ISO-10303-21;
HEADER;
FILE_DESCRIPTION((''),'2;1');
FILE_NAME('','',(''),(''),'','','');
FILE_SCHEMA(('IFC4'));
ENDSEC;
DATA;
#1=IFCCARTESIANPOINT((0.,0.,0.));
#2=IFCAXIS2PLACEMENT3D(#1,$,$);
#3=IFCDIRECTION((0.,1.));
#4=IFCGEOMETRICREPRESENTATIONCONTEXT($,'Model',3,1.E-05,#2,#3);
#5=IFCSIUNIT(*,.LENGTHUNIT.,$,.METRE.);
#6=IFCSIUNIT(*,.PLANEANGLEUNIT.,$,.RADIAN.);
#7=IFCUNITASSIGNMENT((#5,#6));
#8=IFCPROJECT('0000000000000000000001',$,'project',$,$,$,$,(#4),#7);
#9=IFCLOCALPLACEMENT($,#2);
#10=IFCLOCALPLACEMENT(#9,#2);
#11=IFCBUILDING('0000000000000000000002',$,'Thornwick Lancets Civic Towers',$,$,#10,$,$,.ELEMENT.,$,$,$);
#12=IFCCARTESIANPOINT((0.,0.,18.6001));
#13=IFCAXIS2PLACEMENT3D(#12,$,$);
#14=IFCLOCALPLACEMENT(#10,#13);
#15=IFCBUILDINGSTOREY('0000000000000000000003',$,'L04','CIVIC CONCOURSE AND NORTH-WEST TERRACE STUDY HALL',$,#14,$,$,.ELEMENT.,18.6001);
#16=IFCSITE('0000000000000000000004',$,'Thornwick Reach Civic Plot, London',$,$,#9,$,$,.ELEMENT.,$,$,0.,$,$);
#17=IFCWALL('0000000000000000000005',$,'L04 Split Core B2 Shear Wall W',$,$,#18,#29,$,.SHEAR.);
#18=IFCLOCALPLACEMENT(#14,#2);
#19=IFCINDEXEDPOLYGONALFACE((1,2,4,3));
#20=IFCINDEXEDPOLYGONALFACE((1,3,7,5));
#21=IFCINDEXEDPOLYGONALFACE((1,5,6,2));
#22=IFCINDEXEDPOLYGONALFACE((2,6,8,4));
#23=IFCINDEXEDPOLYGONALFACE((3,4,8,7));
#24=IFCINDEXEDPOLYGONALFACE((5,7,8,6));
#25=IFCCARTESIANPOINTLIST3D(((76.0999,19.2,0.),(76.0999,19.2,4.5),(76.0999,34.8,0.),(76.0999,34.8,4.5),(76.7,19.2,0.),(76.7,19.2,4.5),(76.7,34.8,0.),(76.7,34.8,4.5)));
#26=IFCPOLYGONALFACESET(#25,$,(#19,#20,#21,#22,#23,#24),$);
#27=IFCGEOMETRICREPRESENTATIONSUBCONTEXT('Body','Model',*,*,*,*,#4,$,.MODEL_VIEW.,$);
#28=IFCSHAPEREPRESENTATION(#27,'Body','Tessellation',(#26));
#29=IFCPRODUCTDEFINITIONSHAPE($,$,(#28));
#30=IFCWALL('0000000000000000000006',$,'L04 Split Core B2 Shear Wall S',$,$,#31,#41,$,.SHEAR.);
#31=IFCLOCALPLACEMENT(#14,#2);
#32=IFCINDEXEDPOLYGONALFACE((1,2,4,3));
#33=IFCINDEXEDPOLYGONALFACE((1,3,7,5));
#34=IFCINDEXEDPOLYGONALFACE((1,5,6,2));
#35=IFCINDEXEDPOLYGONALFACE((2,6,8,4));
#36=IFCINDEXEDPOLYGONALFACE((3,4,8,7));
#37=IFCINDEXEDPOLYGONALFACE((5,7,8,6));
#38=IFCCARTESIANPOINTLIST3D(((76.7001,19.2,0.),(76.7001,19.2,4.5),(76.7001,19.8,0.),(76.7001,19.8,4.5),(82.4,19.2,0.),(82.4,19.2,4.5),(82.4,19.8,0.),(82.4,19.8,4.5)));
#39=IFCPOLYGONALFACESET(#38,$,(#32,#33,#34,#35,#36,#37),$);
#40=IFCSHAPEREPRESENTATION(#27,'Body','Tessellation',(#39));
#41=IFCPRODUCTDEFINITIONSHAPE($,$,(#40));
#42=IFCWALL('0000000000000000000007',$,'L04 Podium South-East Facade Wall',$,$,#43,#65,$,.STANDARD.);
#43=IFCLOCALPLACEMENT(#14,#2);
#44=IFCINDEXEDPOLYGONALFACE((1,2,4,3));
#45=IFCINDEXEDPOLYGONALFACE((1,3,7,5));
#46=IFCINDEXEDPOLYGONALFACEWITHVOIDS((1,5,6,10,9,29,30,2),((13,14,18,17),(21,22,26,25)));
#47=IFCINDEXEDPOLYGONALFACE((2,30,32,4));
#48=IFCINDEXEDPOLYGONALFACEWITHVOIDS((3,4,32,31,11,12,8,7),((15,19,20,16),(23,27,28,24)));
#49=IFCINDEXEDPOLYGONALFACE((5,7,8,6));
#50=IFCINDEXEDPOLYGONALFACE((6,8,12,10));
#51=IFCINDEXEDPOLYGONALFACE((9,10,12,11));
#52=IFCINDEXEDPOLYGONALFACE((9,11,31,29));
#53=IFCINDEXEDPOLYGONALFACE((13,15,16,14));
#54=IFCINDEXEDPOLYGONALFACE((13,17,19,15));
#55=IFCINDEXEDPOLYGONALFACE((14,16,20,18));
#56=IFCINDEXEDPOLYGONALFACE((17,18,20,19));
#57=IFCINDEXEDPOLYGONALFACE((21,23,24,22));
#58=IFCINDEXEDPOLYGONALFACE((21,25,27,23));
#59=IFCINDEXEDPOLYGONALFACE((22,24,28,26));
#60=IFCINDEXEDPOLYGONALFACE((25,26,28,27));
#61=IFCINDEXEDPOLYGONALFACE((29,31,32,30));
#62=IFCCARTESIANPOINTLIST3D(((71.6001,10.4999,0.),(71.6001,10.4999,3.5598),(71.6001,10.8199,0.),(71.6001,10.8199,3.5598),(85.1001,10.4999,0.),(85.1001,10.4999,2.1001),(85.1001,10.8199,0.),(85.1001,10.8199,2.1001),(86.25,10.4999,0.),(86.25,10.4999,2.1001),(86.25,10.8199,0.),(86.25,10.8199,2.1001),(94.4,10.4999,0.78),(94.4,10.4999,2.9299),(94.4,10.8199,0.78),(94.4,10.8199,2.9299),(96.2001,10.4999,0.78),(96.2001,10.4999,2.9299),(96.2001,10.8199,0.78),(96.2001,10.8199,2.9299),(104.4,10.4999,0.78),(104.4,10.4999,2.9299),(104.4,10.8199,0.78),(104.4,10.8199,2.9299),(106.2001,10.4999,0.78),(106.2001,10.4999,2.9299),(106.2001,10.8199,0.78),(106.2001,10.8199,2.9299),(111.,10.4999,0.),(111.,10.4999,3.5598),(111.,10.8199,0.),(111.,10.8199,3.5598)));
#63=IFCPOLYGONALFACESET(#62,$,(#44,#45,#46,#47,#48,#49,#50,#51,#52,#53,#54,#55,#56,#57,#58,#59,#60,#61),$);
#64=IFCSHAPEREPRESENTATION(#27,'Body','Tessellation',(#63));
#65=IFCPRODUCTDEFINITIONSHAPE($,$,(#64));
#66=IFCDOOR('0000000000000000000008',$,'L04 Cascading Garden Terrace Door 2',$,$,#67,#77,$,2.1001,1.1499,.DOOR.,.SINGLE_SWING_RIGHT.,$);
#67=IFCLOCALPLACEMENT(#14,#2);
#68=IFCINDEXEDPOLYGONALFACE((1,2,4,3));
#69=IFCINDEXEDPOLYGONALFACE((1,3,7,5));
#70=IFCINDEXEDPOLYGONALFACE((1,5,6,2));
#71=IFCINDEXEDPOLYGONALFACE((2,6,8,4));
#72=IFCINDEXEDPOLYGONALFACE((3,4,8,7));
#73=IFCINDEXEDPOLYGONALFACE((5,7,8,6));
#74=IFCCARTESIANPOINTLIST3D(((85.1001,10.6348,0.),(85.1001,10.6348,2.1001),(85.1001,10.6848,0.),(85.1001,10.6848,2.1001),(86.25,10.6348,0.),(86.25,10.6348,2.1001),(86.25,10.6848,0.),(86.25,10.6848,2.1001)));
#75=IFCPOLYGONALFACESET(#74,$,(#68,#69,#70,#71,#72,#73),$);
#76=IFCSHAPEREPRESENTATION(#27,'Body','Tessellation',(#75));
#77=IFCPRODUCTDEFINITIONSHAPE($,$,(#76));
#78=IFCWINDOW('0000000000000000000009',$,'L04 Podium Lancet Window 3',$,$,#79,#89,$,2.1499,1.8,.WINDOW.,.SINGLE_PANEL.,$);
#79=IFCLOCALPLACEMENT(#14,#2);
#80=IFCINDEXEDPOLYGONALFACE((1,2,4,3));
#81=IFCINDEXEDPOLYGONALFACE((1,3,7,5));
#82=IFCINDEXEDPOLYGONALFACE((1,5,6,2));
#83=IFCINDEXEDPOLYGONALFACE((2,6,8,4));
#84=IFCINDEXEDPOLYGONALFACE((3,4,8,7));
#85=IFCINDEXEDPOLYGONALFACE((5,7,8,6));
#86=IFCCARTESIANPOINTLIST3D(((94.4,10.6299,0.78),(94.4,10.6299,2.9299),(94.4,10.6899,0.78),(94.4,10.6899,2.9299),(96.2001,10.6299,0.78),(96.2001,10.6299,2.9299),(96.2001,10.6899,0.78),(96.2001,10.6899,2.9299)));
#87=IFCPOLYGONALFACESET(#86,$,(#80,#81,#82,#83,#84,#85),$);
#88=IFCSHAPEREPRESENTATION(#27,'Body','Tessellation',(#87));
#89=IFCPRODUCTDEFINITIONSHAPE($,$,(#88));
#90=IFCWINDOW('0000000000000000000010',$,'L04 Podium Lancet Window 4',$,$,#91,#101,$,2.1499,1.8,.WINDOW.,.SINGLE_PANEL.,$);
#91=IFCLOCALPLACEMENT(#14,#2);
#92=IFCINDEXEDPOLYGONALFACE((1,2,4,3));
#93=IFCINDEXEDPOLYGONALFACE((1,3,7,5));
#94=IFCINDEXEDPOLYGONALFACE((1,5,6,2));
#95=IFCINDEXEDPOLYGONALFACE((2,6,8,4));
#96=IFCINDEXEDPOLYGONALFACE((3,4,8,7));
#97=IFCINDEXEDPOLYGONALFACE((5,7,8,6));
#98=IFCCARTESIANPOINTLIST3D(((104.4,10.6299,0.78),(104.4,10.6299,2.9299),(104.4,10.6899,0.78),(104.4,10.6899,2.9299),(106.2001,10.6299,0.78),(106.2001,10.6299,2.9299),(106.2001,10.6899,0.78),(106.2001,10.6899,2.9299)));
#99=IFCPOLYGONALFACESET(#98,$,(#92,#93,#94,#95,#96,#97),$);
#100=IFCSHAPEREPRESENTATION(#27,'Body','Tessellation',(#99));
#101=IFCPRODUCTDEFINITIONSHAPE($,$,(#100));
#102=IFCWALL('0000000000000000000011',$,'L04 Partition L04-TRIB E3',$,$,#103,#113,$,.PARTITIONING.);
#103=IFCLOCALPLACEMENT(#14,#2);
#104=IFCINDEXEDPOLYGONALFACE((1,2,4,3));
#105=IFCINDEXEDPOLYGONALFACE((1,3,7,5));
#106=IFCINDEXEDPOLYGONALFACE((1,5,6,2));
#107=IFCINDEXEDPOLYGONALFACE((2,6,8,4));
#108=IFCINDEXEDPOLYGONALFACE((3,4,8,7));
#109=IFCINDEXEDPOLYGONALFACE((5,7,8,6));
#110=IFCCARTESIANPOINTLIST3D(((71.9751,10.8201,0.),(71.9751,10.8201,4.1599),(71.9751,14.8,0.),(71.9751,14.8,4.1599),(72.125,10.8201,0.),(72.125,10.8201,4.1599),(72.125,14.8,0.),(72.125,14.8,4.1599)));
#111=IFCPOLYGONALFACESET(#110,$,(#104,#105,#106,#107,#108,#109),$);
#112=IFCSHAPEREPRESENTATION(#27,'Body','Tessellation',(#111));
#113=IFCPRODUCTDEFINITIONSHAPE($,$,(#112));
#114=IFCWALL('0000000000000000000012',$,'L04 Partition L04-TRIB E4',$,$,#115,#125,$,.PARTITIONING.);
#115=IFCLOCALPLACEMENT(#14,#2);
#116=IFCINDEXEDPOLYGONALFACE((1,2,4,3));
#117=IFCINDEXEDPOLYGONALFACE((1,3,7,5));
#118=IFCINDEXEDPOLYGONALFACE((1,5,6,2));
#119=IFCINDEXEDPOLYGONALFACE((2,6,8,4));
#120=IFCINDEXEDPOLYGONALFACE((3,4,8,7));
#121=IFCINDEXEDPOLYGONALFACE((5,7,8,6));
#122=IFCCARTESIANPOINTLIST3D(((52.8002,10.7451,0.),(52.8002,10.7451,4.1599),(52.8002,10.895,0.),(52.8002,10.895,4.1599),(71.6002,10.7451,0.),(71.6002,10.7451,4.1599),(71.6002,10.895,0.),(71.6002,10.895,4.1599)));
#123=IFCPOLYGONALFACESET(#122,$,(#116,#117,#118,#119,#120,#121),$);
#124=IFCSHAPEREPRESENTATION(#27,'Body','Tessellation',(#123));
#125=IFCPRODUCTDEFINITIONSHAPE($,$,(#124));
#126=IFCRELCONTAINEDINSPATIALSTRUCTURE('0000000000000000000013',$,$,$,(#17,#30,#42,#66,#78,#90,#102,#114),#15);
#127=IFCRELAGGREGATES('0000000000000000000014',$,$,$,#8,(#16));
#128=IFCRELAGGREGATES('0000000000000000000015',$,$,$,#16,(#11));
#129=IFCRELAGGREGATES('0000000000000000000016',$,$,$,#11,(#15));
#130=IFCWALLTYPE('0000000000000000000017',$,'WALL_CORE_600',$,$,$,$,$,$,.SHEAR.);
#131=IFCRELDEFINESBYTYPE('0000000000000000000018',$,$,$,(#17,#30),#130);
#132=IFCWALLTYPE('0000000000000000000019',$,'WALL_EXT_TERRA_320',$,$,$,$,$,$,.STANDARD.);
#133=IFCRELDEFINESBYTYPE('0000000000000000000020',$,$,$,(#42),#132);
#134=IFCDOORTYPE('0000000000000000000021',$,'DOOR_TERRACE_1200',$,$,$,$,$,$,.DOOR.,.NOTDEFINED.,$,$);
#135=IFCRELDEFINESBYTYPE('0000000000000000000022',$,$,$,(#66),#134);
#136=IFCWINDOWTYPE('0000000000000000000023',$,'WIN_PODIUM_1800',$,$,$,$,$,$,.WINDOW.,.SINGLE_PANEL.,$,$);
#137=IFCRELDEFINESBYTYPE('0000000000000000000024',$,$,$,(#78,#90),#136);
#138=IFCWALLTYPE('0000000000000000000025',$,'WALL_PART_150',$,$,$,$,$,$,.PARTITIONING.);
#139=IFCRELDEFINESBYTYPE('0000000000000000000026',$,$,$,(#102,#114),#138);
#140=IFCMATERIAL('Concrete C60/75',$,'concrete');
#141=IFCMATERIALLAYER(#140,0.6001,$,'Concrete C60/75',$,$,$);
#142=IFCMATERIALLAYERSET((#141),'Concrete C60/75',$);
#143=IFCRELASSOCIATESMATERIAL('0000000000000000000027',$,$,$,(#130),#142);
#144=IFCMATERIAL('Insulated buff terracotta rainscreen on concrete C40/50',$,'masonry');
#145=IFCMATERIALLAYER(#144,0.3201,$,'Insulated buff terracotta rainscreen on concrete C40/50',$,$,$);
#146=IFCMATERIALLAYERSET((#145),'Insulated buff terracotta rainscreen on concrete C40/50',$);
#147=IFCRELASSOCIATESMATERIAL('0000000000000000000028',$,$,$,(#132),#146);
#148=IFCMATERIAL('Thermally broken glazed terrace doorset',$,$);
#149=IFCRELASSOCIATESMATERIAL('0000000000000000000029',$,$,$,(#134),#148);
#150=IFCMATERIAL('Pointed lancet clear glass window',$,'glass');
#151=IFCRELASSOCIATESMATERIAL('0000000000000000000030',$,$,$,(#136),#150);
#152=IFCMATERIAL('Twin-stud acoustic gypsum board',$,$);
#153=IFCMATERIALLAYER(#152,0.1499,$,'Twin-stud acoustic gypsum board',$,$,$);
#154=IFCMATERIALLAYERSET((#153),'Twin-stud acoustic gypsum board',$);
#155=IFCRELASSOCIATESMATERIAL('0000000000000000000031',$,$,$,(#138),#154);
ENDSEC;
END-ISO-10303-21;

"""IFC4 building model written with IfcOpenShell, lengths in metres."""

from ifc_helpers import new_model, si_unit, direction, frame, frame_2d, origin, place, context, subcontext, project, spatial, rectangle, extrude, material, layer, layer_set, type_object, element, fill, save


model = new_model("IFC4")

# Units and contexts
model_context = context("Model", 3, precision=1e-05, world=origin(), true_north=direction((0.0, 1.0)))
body_context = subcontext(model_context, "Body", "Model", "MODEL_VIEW")
ifc_project = project(units=[si_unit("LENGTHUNIT", "METRE"), si_unit("PLANEANGLEUNIT", "RADIAN")], contexts=[model_context])

# Site, building, storey
site_placement = place(None, origin())
site = spatial("IfcSite", under=ifc_project, at=site_placement, Name="Thornwick Reach Civic Plot, London", CompositionType="ELEMENT", RefElevation=0.0)
building_placement = place(site_placement, origin())
building = spatial("IfcBuilding", under=site, at=building_placement, Name="Thornwick Lancets Civic Towers", CompositionType="ELEMENT")
storey_placement = place(building_placement, frame((0.0, 0.0, 18.6001)))
storey = spatial("IfcBuildingStorey", under=building, at=storey_placement, Name="L04", Description="CIVIC CONCOURSE AND NORTH-WEST TERRACE STUDY HALL", CompositionType="ELEMENT", Elevation=18.6001)

# Shared definitions
ifc_material_1 = material(Name="Concrete C60/75", Category="concrete")

# Walls
ifc_layer_1 = layer(ifc_material_1, 0.6001, Name="Concrete C60/75")
ifc_layer_set_1 = layer_set([ifc_layer_1], Name="Concrete C60/75")
wall_type_1 = type_object("IfcWallType", Name="WALL_CORE_600", PredefinedType="SHEAR", material=ifc_layer_set_1)
wall_1_placement = place(storey_placement, frame((76.3999, 19.2, 0.0), z_axis=(0.0, 0.0, 1.0), x_axis=(0.0, 1.0, 0.0)))
element("IfcWall", 1, at=wall_1_placement, inside=storey, type_object=wall_type_1, Name="L04 Split Core B2 Shear Wall W", PredefinedType="SHEAR", context=body_context, shape_type="SweptSolid", body=[
    extrude(rectangle(XDim=15.6001, YDim=0.6001, at=frame_2d((7.8, 0.0))), origin(), (0.0, 0.0, 1.0), 4.5),
])
wall_2_placement = place(storey_placement, frame((76.7, 19.5, 0.0), z_axis=(0.0, 0.0, 1.0), x_axis=(1.0, 0.0, 0.0)))
element("IfcWall", 2, at=wall_2_placement, inside=storey, type_object=wall_type_1, Name="L04 Split Core B2 Shear Wall S", PredefinedType="SHEAR", context=body_context, shape_type="SweptSolid", body=[
    extrude(rectangle(XDim=5.7, YDim=0.6001, at=frame_2d((2.8501, 0.0))), origin(), (0.0, 0.0, 1.0), 4.5),
])

# Wall, openings, door, windows
ifc_material_2 = material(Name="Insulated buff terracotta rainscreen on concrete C40/50", Category="masonry")
ifc_layer_2 = layer(ifc_material_2, 0.3201, Name="Insulated buff terracotta rainscreen on concrete C40/50")
ifc_layer_set_2 = layer_set([ifc_layer_2], Name="Insulated buff terracotta rainscreen on concrete C40/50")
wall_type_2 = type_object("IfcWallType", Name="WALL_EXT_TERRA_320", PredefinedType="STANDARD", material=ifc_layer_set_2)
wall_3_placement = place(storey_placement, frame((71.6001, 10.6599, 0.0), z_axis=(0.0, 0.0, 1.0), x_axis=(1.0, 0.0, 0.0)))
wall_3 = element("IfcWall", 3, at=wall_3_placement, inside=storey, type_object=wall_type_2, Name="L04 Podium South-East Facade Wall", PredefinedType="STANDARD", context=body_context, shape_type="SweptSolid", body=[
    extrude(rectangle(XDim=39.3999, YDim=0.3201, at=frame_2d((19.7, 0.0))), origin(), (0.0, 0.0, 1.0), 3.5598),
])
opening_1_placement = place(wall_3_placement, frame((13.5, 0.0, 0.0)))
opening_1 = element("IfcOpeningElement", 4, at=opening_1_placement, cuts=wall_3, PredefinedType="OPENING", context=body_context, shape_type="SweptSolid", body=[
    extrude(rectangle(XDim=1.1499, YDim=2.1001, at=frame_2d((0.575, 1.05))), frame((0.0, 0.1699, 0.0), z_axis=(0.0, -1.0, 0.0), x_axis=(1.0, 0.0, 0.0)), (0.0, 0.0, 1.0), 0.3401),
])
opening_2_placement = place(wall_3_placement, frame((22.8, 0.0, 0.78)))
opening_2 = element("IfcOpeningElement", 5, at=opening_2_placement, cuts=wall_3, PredefinedType="OPENING", context=body_context, shape_type="SweptSolid", body=[
    extrude(rectangle(XDim=1.8, YDim=2.1499, at=frame_2d((0.8999, 1.075))), frame((0.0, 0.1699, 0.0), z_axis=(0.0, -1.0, 0.0), x_axis=(1.0, 0.0, 0.0)), (0.0, 0.0, 1.0), 0.3401),
])
opening_3_placement = place(wall_3_placement, frame((32.8, 0.0, 0.78)))
opening_3 = element("IfcOpeningElement", 6, at=opening_3_placement, cuts=wall_3, PredefinedType="OPENING", context=body_context, shape_type="SweptSolid", body=[
    extrude(rectangle(XDim=1.8, YDim=2.1499, at=frame_2d((0.8999, 1.075))), frame((0.0, 0.1699, 0.0), z_axis=(0.0, -1.0, 0.0), x_axis=(1.0, 0.0, 0.0)), (0.0, 0.0, 1.0), 0.3401),
])
ifc_material_3 = material(Name="Thermally broken glazed terrace doorset")
door_type = type_object("IfcDoorType", Name="DOOR_TERRACE_1200", OperationType="NOTDEFINED", PredefinedType="DOOR", material=ifc_material_3)
door_placement = place(opening_1_placement, origin())
door = element("IfcDoor", 7, at=door_placement, inside=storey, type_object=door_type, Name="L04 Cascading Garden Terrace Door 2", OperationType="SINGLE_SWING_RIGHT", OverallHeight=2.1001, OverallWidth=1.1499, PredefinedType="DOOR", context=body_context, shape_type="SweptSolid", body=[
    extrude(rectangle(XDim=1.1499, YDim=2.1001, at=frame_2d((0.575, 1.05))), frame((0.0, 0.0249, 0.0), z_axis=(0.0, -1.0, 0.0), x_axis=(1.0, 0.0, 0.0)), (0.0, 0.0, 1.0), 0.05),
])
fill(opening_1, door)
ifc_material_4 = material(Name="Pointed lancet clear glass window", Category="glass")
window_type = type_object("IfcWindowType", Name="WIN_PODIUM_1800", PartitioningType="SINGLE_PANEL", PredefinedType="WINDOW", material=ifc_material_4)
window_1_placement = place(opening_2_placement, origin())
window_1 = element("IfcWindow", 8, at=window_1_placement, inside=storey, type_object=window_type, Name="L04 Podium Lancet Window 3", OverallHeight=2.1499, OverallWidth=1.8, PartitioningType="SINGLE_PANEL", PredefinedType="WINDOW", context=body_context, shape_type="SweptSolid", body=[
    extrude(rectangle(XDim=1.8, YDim=2.1499, at=frame_2d((0.8999, 1.075))), frame((0.0, 0.03, 0.0), z_axis=(0.0, -1.0, 0.0), x_axis=(1.0, 0.0, 0.0)), (0.0, 0.0, 1.0), 0.0601),
])
fill(opening_2, window_1)
window_2_placement = place(opening_3_placement, origin())
window_2 = element("IfcWindow", 9, at=window_2_placement, inside=storey, type_object=window_type, Name="L04 Podium Lancet Window 4", OverallHeight=2.1499, OverallWidth=1.8, PartitioningType="SINGLE_PANEL", PredefinedType="WINDOW", context=body_context, shape_type="SweptSolid", body=[
    extrude(rectangle(XDim=1.8, YDim=2.1499, at=frame_2d((0.8999, 1.075))), frame((0.0, 0.03, 0.0), z_axis=(0.0, -1.0, 0.0), x_axis=(1.0, 0.0, 0.0)), (0.0, 0.0, 1.0), 0.0601),
])
fill(opening_3, window_2)

# Walls
ifc_material_5 = material(Name="Twin-stud acoustic gypsum board")
ifc_layer_3 = layer(ifc_material_5, 0.1499, Name="Twin-stud acoustic gypsum board")
ifc_layer_set_3 = layer_set([ifc_layer_3], Name="Twin-stud acoustic gypsum board")
wall_type_3 = type_object("IfcWallType", Name="WALL_PART_150", PredefinedType="PARTITIONING", material=ifc_layer_set_3)
wall_4_placement = place(storey_placement, frame((72.05, 14.8, 0.0), z_axis=(0.0, 0.0, 1.0), x_axis=(0.0, -1.0, 0.0)))
element("IfcWall", 10, at=wall_4_placement, inside=storey, type_object=wall_type_3, Name="L04 Partition L04-TRIB E3", PredefinedType="PARTITIONING", context=body_context, shape_type="SweptSolid", body=[
    extrude(rectangle(XDim=3.98, YDim=0.1499, at=frame_2d((1.99, 0.0))), origin(), (0.0, 0.0, 1.0), 4.1599),
])
wall_5_placement = place(storey_placement, frame((71.6001, 10.8201, 0.0), z_axis=(0.0, 0.0, 1.0), x_axis=(-1.0, 0.0, 0.0)))
element("IfcWall", 11, at=wall_5_placement, inside=storey, type_object=wall_type_3, Name="L04 Partition L04-TRIB E4", PredefinedType="PARTITIONING", context=body_context, shape_type="SweptSolid", body=[
    extrude(rectangle(XDim=18.8, YDim=0.1499, at=frame_2d((9.3999, 0.0))), origin(), (0.0, 0.0, 1.0), 4.1599),
])

save(model, "model.ifc")
